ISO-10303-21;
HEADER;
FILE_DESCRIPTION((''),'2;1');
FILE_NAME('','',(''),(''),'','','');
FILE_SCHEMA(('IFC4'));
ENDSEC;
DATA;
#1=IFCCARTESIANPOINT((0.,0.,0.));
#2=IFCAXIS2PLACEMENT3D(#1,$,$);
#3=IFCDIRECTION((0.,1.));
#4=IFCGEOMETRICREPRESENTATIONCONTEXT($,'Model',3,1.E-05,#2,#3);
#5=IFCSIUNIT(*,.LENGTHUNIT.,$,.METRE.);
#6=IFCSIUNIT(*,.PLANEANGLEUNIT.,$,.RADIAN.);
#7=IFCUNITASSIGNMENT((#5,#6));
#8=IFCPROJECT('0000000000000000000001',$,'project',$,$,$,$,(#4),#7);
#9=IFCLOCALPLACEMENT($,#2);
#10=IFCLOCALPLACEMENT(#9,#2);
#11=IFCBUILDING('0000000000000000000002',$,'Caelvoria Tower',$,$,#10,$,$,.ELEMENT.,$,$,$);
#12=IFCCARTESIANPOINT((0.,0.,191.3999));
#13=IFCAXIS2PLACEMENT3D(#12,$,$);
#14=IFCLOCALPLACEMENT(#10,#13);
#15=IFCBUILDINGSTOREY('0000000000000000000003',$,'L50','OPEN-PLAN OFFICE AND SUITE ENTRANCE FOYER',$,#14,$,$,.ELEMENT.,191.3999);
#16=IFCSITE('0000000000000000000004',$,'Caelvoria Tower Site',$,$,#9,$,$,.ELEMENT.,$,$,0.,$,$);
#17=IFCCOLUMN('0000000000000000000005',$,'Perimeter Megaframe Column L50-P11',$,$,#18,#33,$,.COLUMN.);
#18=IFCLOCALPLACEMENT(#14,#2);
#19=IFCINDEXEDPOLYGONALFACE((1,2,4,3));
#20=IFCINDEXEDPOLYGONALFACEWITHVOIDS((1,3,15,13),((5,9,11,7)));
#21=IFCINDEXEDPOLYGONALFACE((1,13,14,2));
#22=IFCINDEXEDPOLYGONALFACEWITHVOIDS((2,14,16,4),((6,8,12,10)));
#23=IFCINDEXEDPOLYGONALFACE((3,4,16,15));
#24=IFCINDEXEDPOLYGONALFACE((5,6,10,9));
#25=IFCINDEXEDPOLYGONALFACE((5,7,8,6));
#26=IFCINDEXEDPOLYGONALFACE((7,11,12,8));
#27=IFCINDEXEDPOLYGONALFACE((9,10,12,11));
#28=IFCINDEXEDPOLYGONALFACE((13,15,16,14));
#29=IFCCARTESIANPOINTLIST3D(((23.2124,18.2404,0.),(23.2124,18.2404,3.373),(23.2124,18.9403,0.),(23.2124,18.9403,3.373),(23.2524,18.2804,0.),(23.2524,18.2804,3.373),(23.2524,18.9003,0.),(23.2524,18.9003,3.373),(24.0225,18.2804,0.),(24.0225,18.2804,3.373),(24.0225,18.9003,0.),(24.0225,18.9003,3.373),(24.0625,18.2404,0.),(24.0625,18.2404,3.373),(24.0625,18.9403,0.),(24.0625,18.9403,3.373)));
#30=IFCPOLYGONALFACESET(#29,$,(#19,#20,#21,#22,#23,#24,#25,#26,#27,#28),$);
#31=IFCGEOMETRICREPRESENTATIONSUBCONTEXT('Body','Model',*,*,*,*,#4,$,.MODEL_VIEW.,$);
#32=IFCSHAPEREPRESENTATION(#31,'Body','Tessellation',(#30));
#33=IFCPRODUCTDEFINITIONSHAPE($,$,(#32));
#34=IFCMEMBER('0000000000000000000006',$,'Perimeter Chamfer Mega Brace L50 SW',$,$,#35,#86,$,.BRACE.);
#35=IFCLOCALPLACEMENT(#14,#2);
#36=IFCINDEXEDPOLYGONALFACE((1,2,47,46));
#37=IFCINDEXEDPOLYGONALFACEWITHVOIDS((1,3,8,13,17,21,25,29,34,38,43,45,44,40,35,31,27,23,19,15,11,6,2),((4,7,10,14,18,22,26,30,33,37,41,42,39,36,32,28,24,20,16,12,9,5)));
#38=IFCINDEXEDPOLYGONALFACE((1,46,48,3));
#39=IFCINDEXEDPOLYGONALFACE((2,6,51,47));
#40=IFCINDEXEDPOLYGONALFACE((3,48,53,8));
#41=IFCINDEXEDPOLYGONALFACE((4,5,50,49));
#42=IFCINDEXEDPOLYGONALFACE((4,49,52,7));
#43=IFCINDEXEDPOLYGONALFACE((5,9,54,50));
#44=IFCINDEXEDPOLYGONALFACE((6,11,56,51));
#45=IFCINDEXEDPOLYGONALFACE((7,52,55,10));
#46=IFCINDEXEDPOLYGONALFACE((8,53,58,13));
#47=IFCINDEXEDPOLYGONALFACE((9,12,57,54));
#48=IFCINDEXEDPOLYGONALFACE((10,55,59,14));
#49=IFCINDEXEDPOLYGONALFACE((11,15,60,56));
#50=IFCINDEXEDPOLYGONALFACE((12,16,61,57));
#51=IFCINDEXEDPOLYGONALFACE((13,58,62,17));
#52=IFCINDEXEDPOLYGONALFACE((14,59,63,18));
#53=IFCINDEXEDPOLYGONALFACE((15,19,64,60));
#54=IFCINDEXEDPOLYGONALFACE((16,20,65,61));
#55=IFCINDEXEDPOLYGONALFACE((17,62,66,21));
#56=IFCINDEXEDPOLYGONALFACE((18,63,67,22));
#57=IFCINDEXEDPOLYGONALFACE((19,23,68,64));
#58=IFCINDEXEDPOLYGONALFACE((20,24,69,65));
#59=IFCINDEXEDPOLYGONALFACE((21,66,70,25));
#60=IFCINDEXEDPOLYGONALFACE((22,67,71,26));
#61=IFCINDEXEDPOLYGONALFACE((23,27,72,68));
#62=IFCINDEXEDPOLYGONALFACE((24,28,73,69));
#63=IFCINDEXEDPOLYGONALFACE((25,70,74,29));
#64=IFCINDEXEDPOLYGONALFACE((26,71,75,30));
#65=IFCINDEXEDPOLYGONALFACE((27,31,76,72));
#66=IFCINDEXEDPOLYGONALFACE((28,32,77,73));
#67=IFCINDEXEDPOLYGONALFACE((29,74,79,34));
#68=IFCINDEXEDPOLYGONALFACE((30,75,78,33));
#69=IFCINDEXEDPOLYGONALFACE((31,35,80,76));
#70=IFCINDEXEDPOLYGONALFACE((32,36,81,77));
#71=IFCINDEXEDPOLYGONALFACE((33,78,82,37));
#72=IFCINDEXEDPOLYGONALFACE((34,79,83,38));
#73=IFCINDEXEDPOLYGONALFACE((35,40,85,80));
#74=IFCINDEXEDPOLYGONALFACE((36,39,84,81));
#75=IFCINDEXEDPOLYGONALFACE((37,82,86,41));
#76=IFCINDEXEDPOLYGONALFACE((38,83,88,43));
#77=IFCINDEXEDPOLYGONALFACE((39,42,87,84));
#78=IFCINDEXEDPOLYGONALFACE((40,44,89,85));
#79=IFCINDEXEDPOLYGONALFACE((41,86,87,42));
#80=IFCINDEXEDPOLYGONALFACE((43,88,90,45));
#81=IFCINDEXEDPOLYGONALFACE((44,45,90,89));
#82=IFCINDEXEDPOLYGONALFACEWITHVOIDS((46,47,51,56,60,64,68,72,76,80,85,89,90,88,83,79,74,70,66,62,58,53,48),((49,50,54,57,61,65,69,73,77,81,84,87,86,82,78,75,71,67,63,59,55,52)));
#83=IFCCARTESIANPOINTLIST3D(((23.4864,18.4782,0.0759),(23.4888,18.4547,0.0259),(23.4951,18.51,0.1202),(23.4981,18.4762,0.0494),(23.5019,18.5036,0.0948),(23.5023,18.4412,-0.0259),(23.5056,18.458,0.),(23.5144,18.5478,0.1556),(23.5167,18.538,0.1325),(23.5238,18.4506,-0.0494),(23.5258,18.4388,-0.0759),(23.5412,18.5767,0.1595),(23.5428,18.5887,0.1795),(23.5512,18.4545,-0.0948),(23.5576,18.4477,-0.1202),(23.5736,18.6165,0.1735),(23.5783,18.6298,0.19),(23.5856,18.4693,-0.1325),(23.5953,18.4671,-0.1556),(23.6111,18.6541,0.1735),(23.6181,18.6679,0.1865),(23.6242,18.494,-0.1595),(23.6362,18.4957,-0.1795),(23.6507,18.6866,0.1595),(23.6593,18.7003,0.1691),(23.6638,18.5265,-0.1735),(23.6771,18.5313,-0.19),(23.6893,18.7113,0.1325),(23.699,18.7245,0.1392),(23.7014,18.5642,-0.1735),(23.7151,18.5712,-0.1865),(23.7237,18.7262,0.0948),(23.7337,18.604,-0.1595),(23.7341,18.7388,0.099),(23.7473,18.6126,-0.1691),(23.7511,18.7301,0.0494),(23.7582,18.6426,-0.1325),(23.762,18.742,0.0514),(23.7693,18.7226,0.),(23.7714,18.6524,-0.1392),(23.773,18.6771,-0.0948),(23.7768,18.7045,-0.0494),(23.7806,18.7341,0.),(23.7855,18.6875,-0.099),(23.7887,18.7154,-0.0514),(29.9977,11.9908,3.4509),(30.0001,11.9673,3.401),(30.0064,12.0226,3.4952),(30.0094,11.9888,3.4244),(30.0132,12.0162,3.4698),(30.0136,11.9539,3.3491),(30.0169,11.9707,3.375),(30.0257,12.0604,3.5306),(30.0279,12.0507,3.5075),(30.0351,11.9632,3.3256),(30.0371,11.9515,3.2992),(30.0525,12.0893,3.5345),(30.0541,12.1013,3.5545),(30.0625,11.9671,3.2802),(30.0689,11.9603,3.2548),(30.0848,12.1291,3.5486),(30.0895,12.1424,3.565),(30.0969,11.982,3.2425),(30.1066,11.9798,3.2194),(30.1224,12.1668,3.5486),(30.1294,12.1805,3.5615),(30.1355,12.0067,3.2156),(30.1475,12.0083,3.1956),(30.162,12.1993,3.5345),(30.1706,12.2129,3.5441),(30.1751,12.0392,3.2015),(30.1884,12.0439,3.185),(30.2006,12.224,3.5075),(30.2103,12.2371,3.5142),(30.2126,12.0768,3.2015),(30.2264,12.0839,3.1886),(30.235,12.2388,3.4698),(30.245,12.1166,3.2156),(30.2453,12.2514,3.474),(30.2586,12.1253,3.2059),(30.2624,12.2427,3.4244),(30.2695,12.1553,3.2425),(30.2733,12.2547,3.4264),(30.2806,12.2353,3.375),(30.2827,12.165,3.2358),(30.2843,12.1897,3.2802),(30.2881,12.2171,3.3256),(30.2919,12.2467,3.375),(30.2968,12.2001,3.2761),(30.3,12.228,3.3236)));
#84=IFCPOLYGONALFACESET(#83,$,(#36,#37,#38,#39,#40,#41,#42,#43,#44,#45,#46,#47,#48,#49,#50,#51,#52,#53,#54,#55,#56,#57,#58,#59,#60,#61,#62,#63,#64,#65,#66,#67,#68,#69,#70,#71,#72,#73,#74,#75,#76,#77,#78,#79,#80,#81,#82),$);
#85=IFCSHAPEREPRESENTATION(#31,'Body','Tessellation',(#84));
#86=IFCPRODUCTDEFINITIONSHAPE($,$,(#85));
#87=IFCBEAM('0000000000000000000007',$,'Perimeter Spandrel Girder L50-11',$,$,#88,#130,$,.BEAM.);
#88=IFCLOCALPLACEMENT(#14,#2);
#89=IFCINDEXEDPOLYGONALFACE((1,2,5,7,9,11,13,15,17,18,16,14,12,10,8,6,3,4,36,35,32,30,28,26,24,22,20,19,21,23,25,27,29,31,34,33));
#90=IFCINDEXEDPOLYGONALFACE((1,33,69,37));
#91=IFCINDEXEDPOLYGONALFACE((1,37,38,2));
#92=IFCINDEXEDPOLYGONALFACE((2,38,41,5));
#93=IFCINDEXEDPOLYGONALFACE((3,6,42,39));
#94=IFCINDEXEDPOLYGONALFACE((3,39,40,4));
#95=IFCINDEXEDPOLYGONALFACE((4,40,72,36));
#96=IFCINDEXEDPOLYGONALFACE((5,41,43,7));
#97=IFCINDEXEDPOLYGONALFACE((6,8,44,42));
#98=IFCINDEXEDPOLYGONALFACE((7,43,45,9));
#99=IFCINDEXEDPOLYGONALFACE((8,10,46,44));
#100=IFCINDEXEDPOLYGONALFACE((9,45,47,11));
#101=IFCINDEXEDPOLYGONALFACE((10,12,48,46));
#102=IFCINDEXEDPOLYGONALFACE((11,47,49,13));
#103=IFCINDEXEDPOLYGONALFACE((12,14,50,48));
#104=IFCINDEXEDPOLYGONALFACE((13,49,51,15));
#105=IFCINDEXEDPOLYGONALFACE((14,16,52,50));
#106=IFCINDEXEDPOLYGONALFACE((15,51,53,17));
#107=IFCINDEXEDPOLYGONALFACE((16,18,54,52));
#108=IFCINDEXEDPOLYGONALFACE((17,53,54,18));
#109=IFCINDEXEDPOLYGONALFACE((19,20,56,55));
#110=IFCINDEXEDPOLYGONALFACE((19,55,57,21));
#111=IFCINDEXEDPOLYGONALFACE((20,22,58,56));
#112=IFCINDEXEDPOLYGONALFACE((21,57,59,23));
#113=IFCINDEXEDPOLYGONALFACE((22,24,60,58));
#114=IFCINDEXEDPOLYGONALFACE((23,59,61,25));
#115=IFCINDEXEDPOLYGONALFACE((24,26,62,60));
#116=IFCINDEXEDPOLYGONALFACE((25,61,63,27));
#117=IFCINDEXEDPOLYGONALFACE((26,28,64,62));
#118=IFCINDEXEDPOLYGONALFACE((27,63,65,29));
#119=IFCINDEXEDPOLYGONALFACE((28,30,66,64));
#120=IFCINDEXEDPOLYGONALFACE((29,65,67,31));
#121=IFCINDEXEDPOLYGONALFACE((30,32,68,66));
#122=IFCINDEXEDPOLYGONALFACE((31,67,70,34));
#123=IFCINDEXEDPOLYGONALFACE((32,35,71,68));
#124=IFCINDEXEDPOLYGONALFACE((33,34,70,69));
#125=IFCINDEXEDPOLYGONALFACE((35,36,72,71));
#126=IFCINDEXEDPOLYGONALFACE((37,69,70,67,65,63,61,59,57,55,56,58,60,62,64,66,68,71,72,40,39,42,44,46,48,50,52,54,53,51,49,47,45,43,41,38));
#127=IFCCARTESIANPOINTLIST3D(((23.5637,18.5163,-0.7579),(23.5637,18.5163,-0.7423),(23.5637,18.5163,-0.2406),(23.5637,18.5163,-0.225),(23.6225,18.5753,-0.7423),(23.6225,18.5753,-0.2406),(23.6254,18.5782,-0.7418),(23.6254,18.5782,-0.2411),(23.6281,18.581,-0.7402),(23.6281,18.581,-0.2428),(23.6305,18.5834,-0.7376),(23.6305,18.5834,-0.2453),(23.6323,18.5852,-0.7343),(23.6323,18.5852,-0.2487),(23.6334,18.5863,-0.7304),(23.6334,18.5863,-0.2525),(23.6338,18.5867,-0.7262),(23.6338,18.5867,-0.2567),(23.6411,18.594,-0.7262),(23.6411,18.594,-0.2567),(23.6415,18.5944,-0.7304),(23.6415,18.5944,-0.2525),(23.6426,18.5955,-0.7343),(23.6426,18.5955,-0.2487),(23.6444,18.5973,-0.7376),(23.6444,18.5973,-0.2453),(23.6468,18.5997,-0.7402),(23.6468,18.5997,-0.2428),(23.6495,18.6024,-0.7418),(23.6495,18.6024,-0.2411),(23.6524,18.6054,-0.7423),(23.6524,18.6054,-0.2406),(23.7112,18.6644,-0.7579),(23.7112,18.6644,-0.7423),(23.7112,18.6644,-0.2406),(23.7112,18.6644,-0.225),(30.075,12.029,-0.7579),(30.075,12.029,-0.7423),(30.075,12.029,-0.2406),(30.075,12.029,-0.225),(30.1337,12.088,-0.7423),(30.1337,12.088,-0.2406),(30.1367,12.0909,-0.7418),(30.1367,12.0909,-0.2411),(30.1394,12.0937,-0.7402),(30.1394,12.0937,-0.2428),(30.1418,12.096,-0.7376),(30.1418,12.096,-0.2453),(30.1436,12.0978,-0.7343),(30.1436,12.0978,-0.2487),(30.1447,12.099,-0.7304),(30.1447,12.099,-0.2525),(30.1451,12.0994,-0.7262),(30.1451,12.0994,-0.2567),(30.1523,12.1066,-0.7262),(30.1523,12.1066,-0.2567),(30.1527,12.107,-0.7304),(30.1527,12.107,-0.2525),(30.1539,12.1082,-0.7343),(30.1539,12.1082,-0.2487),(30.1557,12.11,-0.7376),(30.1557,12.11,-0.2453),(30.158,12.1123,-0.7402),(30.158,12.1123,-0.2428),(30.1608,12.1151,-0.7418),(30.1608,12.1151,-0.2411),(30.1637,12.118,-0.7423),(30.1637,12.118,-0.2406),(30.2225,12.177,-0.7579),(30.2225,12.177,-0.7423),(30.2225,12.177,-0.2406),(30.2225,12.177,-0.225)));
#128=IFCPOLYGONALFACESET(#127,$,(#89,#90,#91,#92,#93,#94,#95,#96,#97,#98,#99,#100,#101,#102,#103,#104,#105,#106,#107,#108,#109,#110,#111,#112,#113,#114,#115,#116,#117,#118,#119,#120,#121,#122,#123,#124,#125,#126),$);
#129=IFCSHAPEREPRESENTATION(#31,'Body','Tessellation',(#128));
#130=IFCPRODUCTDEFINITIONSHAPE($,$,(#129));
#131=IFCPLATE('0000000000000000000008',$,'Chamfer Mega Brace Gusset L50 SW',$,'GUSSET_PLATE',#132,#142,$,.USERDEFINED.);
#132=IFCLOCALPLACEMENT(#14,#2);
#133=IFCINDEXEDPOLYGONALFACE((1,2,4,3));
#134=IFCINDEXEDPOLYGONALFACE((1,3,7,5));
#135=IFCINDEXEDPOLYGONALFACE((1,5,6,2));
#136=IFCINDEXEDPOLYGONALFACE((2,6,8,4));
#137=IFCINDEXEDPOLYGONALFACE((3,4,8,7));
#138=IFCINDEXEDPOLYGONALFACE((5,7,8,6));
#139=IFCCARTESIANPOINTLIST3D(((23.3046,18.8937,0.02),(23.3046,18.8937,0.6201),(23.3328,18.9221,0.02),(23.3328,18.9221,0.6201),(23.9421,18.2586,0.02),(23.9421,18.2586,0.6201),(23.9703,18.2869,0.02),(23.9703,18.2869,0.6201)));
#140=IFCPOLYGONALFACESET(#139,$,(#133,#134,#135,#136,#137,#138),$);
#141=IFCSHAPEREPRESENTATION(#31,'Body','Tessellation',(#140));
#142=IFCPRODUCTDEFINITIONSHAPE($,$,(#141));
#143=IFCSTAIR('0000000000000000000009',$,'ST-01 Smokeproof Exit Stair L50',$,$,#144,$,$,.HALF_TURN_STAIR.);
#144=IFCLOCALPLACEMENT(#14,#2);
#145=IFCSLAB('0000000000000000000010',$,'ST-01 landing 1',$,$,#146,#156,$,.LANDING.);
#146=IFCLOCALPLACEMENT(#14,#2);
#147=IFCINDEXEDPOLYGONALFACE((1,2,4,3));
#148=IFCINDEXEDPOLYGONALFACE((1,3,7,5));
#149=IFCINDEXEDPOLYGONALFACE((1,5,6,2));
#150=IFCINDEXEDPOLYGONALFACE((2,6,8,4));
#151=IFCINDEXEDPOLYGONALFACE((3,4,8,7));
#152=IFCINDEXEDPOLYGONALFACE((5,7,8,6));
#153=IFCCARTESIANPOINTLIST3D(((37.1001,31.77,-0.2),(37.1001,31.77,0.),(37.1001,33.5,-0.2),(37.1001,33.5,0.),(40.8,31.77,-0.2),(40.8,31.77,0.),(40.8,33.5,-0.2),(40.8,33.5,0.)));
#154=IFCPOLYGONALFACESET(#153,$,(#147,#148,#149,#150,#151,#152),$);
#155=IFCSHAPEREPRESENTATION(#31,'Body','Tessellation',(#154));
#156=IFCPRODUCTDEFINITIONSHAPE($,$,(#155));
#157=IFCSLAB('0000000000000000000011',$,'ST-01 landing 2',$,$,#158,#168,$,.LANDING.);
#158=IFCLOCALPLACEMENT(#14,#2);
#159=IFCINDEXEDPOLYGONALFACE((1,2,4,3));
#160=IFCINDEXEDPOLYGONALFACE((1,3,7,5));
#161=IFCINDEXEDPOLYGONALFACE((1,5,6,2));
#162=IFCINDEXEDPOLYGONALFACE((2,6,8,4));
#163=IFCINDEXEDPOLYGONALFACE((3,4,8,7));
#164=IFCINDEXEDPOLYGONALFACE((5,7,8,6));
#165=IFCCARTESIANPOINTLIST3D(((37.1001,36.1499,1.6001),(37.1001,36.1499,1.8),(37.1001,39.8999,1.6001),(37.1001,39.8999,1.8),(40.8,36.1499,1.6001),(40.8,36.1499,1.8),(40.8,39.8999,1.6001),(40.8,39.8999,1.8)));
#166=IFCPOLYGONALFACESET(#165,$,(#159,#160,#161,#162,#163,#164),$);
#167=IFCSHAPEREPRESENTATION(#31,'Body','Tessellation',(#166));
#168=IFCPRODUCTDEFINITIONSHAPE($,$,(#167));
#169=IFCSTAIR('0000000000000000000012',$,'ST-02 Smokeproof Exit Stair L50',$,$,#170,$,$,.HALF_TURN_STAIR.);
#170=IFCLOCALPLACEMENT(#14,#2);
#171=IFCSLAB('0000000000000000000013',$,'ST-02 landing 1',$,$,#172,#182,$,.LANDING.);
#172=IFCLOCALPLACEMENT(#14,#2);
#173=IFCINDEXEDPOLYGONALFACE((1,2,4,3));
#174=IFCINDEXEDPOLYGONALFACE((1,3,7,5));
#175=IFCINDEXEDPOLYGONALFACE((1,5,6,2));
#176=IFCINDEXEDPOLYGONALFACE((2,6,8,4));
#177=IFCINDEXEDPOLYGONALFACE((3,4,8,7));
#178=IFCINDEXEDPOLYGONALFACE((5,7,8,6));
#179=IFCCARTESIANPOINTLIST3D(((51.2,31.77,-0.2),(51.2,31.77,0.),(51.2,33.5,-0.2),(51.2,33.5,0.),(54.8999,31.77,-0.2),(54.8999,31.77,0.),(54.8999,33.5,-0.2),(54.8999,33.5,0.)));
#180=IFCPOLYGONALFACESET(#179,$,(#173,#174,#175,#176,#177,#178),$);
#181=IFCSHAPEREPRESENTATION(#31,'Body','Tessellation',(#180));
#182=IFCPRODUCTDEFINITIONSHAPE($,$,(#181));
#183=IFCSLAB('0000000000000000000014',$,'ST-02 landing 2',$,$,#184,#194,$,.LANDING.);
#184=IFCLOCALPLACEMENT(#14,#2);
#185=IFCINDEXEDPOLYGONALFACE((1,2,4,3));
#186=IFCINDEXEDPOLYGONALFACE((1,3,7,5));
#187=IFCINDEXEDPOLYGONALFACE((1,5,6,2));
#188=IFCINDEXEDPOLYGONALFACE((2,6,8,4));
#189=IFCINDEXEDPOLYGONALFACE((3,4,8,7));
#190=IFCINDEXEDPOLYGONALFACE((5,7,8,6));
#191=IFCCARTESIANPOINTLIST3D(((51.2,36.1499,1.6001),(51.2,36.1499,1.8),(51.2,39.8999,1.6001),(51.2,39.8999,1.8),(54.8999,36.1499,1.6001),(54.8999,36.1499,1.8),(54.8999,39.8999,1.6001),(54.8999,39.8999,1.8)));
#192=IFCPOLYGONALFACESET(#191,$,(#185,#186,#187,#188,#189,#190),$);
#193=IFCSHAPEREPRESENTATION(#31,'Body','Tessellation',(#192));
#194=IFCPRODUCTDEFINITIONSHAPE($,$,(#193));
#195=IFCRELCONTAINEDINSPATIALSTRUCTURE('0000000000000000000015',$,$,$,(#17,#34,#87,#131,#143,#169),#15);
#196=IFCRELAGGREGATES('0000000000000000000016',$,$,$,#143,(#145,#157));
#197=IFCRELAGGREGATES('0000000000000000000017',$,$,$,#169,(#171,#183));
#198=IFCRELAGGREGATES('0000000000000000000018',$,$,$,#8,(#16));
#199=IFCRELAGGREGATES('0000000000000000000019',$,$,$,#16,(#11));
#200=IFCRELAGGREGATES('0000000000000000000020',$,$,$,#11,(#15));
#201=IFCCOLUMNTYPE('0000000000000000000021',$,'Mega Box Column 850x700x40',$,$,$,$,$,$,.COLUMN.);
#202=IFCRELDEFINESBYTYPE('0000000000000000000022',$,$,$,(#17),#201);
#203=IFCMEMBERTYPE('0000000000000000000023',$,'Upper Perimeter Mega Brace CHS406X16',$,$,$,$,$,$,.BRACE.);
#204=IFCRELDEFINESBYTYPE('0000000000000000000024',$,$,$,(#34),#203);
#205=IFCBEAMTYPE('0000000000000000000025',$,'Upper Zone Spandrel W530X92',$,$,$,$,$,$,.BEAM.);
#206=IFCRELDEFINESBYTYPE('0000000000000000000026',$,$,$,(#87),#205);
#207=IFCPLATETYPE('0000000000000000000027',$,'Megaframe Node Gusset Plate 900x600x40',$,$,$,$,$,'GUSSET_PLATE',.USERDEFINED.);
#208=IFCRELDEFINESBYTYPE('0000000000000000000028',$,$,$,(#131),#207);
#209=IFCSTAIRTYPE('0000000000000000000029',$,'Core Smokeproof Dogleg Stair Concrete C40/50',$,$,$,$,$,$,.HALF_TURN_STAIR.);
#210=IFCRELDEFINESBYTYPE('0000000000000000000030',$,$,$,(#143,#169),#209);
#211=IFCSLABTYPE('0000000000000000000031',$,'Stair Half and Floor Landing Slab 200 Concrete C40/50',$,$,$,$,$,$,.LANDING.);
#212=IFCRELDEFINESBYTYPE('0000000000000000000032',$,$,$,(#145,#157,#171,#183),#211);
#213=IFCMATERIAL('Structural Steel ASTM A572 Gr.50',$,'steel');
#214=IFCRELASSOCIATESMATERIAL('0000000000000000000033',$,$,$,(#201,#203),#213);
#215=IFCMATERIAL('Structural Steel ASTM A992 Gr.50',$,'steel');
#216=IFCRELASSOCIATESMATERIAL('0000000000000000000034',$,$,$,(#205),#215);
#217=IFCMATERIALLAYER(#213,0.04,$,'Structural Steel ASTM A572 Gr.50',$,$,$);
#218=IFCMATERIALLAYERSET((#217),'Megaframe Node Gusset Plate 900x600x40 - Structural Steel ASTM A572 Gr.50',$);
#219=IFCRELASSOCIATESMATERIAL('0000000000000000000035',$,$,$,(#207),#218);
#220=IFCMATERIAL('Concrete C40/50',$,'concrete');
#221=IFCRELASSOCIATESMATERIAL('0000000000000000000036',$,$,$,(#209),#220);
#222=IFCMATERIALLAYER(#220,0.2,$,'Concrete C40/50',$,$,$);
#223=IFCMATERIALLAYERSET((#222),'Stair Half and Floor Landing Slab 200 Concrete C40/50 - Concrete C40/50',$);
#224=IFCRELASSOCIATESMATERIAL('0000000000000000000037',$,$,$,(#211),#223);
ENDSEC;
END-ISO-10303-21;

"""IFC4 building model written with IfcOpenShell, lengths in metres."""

from ifc_helpers import new_model, si_unit, direction, frame, origin, origin_2d, place, context, subcontext, project, spatial, polyline, rectangle, hollow_rectangle, hollow_circle, i_section, outline, extrude, material, layer, layer_set, material_profile, profile_set, type_object, element, aggregate, save


model = new_model("IFC4")

# Units and contexts
model_context = context("Model", 3, precision=1e-05, world=origin(), true_north=direction((0.0, 1.0)))
body_context = subcontext(model_context, "Body", "Model", "MODEL_VIEW")
ifc_project = project(units=[si_unit("LENGTHUNIT", "METRE"), si_unit("PLANEANGLEUNIT", "RADIAN")], contexts=[model_context])

# Site, building, storey
site_placement = place(None, origin())
site = spatial("IfcSite", under=ifc_project, at=site_placement, Name="Caelvoria Tower Site", CompositionType="ELEMENT", RefElevation=0.0)
building_placement = place(site_placement, origin())
building = spatial("IfcBuilding", under=site, at=building_placement, Name="Caelvoria Tower", CompositionType="ELEMENT")
storey_placement = place(building_placement, frame((0.0, 0.0, 191.3999)))
storey = spatial("IfcBuildingStorey", under=building, at=storey_placement, Name="L50", Description="OPEN-PLAN OFFICE AND SUITE ENTRANCE FOYER", CompositionType="ELEMENT", Elevation=191.3999)

# Column
ifc_material_1 = material(Name="Structural Steel ASTM A572 Gr.50", Category="steel")
ifc_material_profile_1 = material_profile(ifc_material_1, hollow_rectangle(XDim=0.7, YDim=0.8501, WallThickness=0.04, at=origin_2d()), Name="Structural Steel ASTM A572 Gr.50")
ifc_profile_set_1 = profile_set([ifc_material_profile_1], Name="BOX850X700X40 - Structural Steel ASTM A572 Gr.50")
column_type = type_object("IfcColumnType", Name="Mega Box Column 850x700x40", PredefinedType="COLUMN", material=ifc_profile_set_1)
column_placement = place(storey_placement, frame((23.6375, 18.5903, 0.0), z_axis=(0.0, 0.0, 1.0), x_axis=(0.0, 1.0, 0.0)))
element("IfcColumn", 1, at=column_placement, inside=storey, type_object=column_type, Name="Perimeter Megaframe Column L50-P11", PredefinedType="COLUMN", context=body_context, shape_type="SweptSolid", body=[
    extrude(hollow_rectangle(XDim=0.7, YDim=0.8501, WallThickness=0.04, at=origin_2d()), origin(), (0.0, 0.0, 1.0), 3.373),
])

# Member
ifc_material_profile_2 = material_profile(ifc_material_1, hollow_circle(Radius=0.2029, WallThickness=0.0161, at=origin_2d()), Name="Structural Steel ASTM A572 Gr.50")
ifc_profile_set_2 = profile_set([ifc_material_profile_2], Name="CHS406X16 - Structural Steel ASTM A572 Gr.50")
member_type = type_object("IfcMemberType", Name="Upper Perimeter Mega Brace CHS406X16", PredefinedType="BRACE", material=ifc_profile_set_2)
member_placement = place(storey_placement, frame((23.6375, 18.5903, 0.0), z_axis=(0.664994, -0.66255, 0.34469), x_axis=(0.705804, 0.708407, 0.0)))
element("IfcMember", 2, at=member_placement, inside=storey, type_object=member_type, Name="Perimeter Chamfer Mega Brace L50 SW", PredefinedType="BRACE", context=body_context, shape_type="SweptSolid", body=[
    extrude(hollow_circle(Radius=0.2029, WallThickness=0.0161, at=origin_2d()), origin(), (0.0, 0.0, 1.0), 9.7915),
])

# Beam
ifc_material_2 = material(Name="Structural Steel ASTM A992 Gr.50", Category="steel")
ifc_material_profile_3 = material_profile(ifc_material_2, i_section(OverallWidth=0.209, OverallDepth=0.533, WebThickness=0.0103, FlangeThickness=0.0156, FilletRadius=0.0161, at=origin_2d()), Name="Structural Steel ASTM A992 Gr.50")
ifc_profile_set_3 = profile_set([ifc_material_profile_3], Name="W530X92 - Structural Steel ASTM A992 Gr.50")
beam_type = type_object("IfcBeamType", Name="Upper Zone Spandrel W530X92", PredefinedType="BEAM", material=ifc_profile_set_3)
beam_placement = place(storey_placement, frame((23.6375, 18.5903, -0.4915), z_axis=(0.708407, -0.705804, 0.0), x_axis=(0.705804, 0.708407, 0.0)))
element("IfcBeam", 3, at=beam_placement, inside=storey, type_object=beam_type, Name="Perimeter Spandrel Girder L50-11", PredefinedType="BEAM", context=body_context, shape_type="SweptSolid", body=[
    extrude(i_section(OverallWidth=0.209, OverallDepth=0.533, WebThickness=0.0103, FlangeThickness=0.0156, FilletRadius=0.0161, at=origin_2d()), origin(), (0.0, 0.0, 1.0), 9.1914),
])

# Plate
ifc_layer_1 = layer(ifc_material_1, 0.04, Name="Structural Steel ASTM A572 Gr.50")
ifc_layer_set_1 = layer_set([ifc_layer_1], Name="Megaframe Node Gusset Plate 900x600x40 - Structural Steel ASTM A572 Gr.50")
plate_type = type_object("IfcPlateType", Name="Megaframe Node Gusset Plate 900x600x40", ElementType="GUSSET_PLATE", PredefinedType="USERDEFINED", material=ifc_layer_set_1)
plate_placement = place(storey_placement, frame((23.6375, 18.5903, 0.02), z_axis=(0.0, 0.0, 1.0), x_axis=(0.708405, -0.705806, 0.0)))
element("IfcPlate", 4, at=plate_placement, inside=storey, type_object=plate_type, Name="Chamfer Mega Brace Gusset L50 SW", ObjectType="GUSSET_PLATE", PredefinedType="USERDEFINED", context=body_context, shape_type="SweptSolid", body=[
    extrude(rectangle(XDim=0.8999, YDim=0.04, at=origin_2d()), origin(), (0.0, 0.0, 1.0), 0.6001),
])

# Stairs, slabs
ifc_material_3 = material(Name="Concrete C40/50", Category="concrete")
stair_type = type_object("IfcStairType", Name="Core Smokeproof Dogleg Stair Concrete C40/50", PredefinedType="HALF_TURN_STAIR", material=ifc_material_3)
stair_1_placement = place(storey_placement, origin())
stair_1 = element("IfcStair", 5, at=stair_1_placement, inside=storey, type_object=stair_type, Name="ST-01 Smokeproof Exit Stair L50", PredefinedType="HALF_TURN_STAIR")
ifc_layer_2 = layer(ifc_material_3, 0.2, Name="Concrete C40/50")
ifc_layer_set_2 = layer_set([ifc_layer_2], Name="Stair Half and Floor Landing Slab 200 Concrete C40/50 - Concrete C40/50")
slab_type_1 = type_object("IfcSlabType", Name="Stair Half and Floor Landing Slab 200 Concrete C40/50", PredefinedType="LANDING", material=ifc_layer_set_2)
slab_1_placement = place(storey_placement, frame((0.0, 0.0, -0.2)))
slab_1 = element("IfcSlab", 6, at=slab_1_placement, type_object=slab_type_1, Name="ST-01 landing 1", PredefinedType="LANDING", context=body_context, shape_type="SweptSolid", body=[
    extrude(outline(polyline([(37.1001, 31.77), (40.8, 31.77), (40.8, 33.5), (37.1001, 33.5), (37.1001, 31.77)])), origin(), (0.0, 0.0, 1.0), 0.2),
])
slab_2_placement = place(storey_placement, frame((0.0, 0.0, 1.6001)))
slab_2 = element("IfcSlab", 7, at=slab_2_placement, type_object=slab_type_1, Name="ST-01 landing 2", PredefinedType="LANDING", context=body_context, shape_type="SweptSolid", body=[
    extrude(outline(polyline([(37.1001, 36.1499), (40.8, 36.1499), (40.8, 39.8999), (37.1001, 39.8999), (37.1001, 36.1499)])), origin(), (0.0, 0.0, 1.0), 0.2),
])
aggregate(stair_1, [slab_1, slab_2])
stair_2_placement = place(storey_placement, origin())
stair_2 = element("IfcStair", 8, at=stair_2_placement, inside=storey, type_object=stair_type, Name="ST-02 Smokeproof Exit Stair L50", PredefinedType="HALF_TURN_STAIR")
slab_3_placement = place(storey_placement, frame((0.0, 0.0, -0.2)))
slab_3 = element("IfcSlab", 9, at=slab_3_placement, type_object=slab_type_1, Name="ST-02 landing 1", PredefinedType="LANDING", context=body_context, shape_type="SweptSolid", body=[
    extrude(outline(polyline([(51.2, 31.77), (54.8999, 31.77), (54.8999, 33.5), (51.2, 33.5), (51.2, 31.77)])), origin(), (0.0, 0.0, 1.0), 0.2),
])
slab_4_placement = place(storey_placement, frame((0.0, 0.0, 1.6001)))
slab_4 = element("IfcSlab", 10, at=slab_4_placement, type_object=slab_type_1, Name="ST-02 landing 2", PredefinedType="LANDING", context=body_context, shape_type="SweptSolid", body=[
    extrude(outline(polyline([(51.2, 36.1499), (54.8999, 36.1499), (54.8999, 39.8999), (51.2, 39.8999), (51.2, 36.1499)])), origin(), (0.0, 0.0, 1.0), 0.2),
])
aggregate(stair_2, [slab_3, slab_4])

save(model, "model.ifc")
